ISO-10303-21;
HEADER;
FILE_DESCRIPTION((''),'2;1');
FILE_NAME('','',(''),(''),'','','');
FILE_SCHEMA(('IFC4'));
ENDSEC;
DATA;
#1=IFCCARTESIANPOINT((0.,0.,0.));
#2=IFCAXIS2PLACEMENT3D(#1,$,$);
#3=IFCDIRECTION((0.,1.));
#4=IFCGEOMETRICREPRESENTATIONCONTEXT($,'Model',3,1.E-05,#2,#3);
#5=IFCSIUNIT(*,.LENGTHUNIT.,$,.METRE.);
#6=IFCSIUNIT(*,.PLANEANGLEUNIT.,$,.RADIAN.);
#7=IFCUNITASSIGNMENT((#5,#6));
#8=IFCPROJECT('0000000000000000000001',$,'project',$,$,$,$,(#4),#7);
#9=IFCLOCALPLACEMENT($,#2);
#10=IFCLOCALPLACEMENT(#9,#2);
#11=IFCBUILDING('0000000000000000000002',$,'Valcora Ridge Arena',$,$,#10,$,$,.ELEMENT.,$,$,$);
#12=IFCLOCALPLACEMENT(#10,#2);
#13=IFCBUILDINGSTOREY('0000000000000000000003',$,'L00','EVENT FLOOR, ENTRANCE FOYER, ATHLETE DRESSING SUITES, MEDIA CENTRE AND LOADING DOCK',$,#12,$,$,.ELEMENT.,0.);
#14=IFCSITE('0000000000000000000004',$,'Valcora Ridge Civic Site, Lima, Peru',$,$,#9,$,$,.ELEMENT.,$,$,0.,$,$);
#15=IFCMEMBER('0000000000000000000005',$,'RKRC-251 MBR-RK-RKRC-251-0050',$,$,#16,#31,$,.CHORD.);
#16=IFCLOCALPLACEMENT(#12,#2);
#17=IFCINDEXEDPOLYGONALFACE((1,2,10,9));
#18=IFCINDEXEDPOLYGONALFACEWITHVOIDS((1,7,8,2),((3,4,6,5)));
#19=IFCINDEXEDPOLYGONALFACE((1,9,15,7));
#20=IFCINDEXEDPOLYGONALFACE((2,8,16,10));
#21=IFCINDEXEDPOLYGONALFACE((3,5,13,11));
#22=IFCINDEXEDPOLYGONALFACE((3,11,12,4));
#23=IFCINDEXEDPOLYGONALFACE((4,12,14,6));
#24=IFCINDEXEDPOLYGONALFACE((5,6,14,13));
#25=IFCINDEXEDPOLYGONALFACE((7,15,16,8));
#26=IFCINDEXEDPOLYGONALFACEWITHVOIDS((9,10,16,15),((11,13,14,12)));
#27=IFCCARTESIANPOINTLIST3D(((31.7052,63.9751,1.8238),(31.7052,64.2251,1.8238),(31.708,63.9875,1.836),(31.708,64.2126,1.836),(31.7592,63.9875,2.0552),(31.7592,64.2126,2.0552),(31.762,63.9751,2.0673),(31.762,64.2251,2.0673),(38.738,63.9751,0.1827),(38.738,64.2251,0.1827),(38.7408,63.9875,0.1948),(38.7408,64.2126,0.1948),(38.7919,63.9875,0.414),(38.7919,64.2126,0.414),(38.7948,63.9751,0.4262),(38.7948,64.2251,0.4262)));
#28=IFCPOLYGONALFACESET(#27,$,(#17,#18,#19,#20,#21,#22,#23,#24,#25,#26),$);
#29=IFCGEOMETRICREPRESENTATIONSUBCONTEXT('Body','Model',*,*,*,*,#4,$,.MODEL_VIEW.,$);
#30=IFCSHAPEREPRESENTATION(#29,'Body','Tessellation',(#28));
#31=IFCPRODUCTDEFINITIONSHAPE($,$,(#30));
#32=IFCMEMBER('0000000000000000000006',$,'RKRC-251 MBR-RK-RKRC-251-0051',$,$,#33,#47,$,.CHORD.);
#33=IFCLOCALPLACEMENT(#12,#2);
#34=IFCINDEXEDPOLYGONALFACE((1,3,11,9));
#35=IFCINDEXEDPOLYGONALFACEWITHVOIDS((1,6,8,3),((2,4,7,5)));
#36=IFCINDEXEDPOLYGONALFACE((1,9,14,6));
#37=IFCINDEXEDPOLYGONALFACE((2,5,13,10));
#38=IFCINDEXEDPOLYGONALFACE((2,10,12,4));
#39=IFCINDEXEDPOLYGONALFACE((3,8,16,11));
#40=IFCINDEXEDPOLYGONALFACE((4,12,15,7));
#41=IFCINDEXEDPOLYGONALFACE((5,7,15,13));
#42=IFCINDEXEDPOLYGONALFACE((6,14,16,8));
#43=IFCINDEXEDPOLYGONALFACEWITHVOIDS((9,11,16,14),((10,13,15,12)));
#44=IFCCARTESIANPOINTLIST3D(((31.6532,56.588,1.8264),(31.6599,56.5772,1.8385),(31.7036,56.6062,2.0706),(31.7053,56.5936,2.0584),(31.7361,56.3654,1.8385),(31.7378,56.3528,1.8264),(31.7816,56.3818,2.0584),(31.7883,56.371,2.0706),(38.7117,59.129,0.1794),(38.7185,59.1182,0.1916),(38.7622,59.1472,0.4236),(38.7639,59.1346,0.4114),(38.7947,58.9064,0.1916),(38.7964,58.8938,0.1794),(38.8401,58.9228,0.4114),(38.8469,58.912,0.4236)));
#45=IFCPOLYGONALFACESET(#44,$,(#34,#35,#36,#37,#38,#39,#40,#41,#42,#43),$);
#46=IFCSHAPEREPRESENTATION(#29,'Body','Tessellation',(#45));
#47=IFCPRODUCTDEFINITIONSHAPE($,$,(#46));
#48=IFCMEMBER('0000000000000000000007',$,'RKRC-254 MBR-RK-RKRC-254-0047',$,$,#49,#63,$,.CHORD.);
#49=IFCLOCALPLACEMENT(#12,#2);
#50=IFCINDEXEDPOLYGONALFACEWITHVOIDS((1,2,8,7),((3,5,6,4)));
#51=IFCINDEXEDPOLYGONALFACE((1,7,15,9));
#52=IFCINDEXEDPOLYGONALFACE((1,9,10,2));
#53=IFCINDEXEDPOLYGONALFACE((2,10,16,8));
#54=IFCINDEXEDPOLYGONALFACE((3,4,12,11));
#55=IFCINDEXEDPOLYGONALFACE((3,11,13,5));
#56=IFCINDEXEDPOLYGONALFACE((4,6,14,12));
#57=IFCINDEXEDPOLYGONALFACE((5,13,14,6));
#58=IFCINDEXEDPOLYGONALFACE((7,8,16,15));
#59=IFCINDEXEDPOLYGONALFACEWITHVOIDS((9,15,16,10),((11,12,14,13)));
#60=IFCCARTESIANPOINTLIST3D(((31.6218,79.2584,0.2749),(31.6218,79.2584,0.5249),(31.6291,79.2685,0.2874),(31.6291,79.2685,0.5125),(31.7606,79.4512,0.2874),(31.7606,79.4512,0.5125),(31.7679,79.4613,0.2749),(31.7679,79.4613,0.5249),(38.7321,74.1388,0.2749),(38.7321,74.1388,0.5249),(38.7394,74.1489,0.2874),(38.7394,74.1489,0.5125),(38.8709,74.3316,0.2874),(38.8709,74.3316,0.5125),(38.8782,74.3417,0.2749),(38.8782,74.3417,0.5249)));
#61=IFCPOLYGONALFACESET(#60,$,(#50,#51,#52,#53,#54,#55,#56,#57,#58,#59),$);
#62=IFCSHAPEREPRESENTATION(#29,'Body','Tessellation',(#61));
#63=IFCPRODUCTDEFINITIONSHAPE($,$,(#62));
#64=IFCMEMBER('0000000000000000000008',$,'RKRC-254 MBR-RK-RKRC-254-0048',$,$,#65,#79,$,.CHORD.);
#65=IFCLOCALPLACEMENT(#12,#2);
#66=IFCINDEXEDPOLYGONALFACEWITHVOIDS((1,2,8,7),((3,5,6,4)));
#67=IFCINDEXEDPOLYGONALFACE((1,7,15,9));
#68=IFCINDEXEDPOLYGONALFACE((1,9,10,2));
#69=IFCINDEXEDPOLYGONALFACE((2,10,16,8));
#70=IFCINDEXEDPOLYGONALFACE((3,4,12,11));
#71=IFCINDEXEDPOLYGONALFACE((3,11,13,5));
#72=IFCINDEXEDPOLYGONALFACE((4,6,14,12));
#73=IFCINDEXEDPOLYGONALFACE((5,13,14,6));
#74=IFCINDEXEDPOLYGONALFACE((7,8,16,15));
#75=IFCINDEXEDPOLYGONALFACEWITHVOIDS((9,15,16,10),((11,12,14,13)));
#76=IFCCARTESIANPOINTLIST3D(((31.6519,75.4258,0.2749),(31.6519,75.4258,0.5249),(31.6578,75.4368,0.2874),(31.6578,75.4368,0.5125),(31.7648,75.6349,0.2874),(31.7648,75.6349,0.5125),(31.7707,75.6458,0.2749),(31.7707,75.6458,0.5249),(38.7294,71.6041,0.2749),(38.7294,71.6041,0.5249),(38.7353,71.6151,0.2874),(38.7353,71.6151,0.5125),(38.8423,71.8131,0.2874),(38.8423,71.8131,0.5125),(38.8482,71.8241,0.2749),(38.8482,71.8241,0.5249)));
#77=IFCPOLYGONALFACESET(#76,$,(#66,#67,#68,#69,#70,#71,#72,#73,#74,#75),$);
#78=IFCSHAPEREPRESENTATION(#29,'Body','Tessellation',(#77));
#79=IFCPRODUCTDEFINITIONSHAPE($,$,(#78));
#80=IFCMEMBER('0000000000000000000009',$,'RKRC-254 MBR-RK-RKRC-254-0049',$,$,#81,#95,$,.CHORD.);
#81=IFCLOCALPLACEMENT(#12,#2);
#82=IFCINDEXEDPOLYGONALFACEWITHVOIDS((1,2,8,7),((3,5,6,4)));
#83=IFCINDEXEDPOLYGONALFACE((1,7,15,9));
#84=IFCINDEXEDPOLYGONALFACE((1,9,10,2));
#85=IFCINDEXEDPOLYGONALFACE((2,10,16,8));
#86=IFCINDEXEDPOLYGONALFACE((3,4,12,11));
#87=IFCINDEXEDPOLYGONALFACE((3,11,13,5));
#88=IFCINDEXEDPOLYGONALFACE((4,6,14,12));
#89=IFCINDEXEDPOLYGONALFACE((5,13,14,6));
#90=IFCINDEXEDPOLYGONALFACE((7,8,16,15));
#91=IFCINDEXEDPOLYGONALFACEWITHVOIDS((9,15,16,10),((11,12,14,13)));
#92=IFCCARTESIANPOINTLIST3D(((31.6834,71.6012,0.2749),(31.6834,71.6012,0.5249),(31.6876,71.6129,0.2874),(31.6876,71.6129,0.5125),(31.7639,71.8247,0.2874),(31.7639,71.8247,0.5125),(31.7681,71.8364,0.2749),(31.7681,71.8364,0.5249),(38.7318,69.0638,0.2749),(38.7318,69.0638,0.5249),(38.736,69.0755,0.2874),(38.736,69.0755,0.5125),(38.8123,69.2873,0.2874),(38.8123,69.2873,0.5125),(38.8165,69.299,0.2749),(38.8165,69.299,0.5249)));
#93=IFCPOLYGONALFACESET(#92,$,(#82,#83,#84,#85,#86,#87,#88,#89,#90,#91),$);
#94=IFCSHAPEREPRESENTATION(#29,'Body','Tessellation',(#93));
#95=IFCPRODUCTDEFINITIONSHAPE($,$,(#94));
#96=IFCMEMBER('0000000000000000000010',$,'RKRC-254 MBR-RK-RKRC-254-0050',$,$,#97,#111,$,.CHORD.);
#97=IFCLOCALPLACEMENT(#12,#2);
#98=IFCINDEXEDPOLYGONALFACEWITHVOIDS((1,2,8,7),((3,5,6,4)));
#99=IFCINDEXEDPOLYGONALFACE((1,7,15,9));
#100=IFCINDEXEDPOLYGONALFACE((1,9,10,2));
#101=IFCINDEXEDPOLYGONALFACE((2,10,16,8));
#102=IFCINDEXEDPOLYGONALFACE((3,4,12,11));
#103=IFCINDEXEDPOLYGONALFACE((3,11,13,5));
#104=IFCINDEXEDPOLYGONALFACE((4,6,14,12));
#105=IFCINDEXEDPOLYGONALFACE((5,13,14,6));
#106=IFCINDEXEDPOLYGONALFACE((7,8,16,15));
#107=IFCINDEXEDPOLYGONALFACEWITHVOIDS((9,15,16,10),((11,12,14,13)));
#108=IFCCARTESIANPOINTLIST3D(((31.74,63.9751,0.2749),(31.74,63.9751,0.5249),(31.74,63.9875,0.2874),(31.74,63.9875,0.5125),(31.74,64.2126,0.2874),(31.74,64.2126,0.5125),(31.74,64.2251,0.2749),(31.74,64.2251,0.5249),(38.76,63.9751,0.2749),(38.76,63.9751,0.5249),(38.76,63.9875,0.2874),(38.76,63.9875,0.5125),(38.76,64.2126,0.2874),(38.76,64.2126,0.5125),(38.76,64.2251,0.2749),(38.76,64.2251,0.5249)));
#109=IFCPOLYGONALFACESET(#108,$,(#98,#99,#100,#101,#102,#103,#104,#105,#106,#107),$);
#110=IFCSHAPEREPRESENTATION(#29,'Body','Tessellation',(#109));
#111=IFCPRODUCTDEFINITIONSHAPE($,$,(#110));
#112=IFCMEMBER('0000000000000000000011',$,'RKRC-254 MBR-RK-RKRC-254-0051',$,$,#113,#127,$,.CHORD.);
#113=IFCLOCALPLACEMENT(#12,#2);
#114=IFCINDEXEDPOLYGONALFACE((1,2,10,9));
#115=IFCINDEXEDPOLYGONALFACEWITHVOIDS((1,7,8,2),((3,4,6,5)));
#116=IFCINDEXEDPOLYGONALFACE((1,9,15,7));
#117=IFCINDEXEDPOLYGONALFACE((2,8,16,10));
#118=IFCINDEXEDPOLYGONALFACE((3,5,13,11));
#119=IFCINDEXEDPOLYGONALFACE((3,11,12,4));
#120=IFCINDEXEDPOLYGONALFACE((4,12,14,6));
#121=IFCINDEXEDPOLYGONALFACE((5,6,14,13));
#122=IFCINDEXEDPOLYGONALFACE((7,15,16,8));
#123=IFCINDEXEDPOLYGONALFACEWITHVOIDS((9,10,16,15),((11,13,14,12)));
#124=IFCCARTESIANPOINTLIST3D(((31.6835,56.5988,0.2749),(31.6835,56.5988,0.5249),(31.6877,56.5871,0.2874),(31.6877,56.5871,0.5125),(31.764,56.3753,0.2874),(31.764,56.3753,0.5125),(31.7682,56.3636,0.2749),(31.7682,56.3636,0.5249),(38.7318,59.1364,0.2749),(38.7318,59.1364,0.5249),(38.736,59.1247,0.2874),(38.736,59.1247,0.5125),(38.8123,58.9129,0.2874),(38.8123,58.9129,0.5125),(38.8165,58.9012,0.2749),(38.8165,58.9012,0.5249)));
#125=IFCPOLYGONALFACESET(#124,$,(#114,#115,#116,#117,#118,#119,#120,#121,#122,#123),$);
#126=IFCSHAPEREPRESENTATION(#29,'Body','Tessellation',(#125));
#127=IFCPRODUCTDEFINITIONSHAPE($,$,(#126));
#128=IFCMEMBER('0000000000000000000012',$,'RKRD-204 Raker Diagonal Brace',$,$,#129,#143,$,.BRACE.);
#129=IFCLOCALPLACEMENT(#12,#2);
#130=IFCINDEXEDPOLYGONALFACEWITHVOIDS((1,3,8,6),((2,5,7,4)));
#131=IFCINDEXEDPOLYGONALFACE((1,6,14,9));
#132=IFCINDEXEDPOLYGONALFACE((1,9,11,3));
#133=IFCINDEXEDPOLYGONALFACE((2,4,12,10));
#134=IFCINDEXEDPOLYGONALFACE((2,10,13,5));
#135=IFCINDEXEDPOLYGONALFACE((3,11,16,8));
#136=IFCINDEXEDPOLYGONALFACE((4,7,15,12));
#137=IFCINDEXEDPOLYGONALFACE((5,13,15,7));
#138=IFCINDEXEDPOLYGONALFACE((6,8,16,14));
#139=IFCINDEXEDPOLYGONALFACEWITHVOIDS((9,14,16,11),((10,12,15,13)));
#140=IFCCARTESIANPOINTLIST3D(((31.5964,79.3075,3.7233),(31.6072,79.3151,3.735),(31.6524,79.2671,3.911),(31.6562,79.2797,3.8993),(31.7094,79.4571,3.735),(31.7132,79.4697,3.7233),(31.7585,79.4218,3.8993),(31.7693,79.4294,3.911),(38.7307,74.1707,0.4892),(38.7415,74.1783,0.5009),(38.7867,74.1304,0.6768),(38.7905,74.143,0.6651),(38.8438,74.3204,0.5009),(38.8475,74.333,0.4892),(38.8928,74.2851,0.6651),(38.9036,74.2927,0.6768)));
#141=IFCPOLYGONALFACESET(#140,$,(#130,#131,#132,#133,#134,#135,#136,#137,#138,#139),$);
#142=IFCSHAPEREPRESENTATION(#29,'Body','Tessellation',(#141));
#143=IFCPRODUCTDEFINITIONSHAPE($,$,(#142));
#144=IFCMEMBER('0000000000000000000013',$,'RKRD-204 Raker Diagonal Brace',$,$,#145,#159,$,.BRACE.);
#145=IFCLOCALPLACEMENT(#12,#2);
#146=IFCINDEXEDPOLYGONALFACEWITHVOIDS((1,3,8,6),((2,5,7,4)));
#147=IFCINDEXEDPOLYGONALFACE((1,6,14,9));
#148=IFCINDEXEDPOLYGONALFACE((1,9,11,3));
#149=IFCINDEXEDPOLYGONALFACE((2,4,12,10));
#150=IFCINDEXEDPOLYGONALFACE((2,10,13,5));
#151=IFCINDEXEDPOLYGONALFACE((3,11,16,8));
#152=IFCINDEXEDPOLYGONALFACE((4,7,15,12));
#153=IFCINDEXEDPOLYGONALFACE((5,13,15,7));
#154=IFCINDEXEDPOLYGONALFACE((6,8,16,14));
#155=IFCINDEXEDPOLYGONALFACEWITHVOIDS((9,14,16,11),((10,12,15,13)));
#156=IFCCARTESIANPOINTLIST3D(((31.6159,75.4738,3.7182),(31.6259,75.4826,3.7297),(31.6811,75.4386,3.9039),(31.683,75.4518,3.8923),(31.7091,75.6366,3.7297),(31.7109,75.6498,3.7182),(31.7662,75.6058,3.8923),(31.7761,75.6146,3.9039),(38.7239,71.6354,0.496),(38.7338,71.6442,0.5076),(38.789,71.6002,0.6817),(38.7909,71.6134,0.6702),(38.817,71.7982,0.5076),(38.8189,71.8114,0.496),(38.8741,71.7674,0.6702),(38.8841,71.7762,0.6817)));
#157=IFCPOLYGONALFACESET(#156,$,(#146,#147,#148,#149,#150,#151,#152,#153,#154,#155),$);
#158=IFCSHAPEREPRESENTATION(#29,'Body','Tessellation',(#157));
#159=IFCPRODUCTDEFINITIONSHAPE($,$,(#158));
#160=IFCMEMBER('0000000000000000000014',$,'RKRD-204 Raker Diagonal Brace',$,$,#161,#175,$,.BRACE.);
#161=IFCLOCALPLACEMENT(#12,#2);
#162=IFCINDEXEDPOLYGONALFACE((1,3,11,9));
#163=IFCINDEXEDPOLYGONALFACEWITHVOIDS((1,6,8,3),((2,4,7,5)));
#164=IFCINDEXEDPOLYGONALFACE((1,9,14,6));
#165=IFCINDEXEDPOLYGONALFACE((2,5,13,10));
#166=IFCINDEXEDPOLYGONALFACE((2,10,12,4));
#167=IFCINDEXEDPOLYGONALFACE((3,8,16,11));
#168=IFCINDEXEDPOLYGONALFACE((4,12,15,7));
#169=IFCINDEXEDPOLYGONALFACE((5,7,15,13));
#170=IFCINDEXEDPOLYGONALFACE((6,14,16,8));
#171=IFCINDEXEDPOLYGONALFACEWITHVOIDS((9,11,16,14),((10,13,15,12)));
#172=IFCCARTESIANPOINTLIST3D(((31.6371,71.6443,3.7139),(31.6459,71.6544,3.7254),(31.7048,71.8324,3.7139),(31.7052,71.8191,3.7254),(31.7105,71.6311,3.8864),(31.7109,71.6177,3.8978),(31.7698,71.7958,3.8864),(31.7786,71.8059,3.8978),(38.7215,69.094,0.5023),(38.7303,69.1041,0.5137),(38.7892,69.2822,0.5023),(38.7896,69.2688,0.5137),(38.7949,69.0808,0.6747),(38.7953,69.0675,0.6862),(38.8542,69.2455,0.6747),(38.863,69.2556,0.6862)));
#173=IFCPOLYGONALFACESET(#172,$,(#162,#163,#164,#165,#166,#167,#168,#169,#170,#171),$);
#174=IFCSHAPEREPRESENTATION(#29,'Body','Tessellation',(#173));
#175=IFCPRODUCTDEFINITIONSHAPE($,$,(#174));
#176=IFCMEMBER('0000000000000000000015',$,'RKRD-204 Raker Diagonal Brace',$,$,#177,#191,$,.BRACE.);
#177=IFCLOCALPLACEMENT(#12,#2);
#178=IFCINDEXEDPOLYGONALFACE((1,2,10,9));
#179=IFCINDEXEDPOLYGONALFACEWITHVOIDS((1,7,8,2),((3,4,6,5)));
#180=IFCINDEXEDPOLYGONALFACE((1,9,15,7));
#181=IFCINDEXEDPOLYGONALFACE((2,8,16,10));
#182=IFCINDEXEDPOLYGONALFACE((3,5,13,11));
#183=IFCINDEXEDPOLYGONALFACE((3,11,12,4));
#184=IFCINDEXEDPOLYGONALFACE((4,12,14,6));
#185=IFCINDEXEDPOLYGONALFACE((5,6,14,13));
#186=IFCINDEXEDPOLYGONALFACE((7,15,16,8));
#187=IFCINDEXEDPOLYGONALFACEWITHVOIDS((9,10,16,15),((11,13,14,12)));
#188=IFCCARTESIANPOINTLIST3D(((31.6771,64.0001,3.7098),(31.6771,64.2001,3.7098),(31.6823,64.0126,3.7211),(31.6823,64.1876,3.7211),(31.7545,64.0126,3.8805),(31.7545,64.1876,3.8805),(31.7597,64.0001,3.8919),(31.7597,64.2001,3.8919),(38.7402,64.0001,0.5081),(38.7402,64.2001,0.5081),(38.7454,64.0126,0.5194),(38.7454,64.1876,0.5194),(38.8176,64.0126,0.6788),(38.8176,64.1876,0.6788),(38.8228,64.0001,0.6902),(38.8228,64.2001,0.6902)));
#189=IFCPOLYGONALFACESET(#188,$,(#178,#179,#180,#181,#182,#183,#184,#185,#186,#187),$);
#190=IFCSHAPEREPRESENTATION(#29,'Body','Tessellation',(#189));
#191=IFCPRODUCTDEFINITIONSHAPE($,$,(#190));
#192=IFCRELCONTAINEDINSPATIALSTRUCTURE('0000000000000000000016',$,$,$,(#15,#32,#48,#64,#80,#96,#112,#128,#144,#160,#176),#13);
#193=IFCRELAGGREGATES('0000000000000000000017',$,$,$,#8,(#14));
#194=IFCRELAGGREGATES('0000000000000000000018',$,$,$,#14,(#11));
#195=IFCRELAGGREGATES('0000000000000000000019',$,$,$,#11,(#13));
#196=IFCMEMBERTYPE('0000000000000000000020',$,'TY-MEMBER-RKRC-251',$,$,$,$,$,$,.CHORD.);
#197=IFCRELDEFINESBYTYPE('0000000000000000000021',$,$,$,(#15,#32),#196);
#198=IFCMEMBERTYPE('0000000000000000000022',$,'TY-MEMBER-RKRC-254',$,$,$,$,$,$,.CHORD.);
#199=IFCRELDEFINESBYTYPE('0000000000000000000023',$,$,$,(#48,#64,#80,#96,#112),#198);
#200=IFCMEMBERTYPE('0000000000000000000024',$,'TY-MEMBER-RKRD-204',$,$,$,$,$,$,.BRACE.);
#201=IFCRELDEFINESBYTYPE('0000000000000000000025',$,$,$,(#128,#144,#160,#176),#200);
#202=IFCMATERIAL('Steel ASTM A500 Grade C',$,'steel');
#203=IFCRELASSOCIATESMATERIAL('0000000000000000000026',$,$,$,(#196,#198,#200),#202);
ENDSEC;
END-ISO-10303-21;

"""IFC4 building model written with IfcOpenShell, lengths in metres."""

from ifc_helpers import new_model, si_unit, direction, frame, origin, origin_2d, place, context, subcontext, project, spatial, hollow_rectangle, extrude, material, material_profile, profile_set, type_object, element, save


model = new_model("IFC4")

# Units and contexts
model_context = context("Model", 3, precision=1e-05, world=origin(), true_north=direction((0.0, 1.0)))
body_context = subcontext(model_context, "Body", "Model", "MODEL_VIEW")
ifc_project = project(units=[si_unit("LENGTHUNIT", "METRE"), si_unit("PLANEANGLEUNIT", "RADIAN")], contexts=[model_context])

# Site, building, storey
site_placement = place(None, origin())
site = spatial("IfcSite", under=ifc_project, at=site_placement, Name="Valcora Ridge Civic Site, Lima, Peru", CompositionType="ELEMENT", RefElevation=0.0)
building_placement = place(site_placement, origin())
building = spatial("IfcBuilding", under=site, at=building_placement, Name="Valcora Ridge Arena", CompositionType="ELEMENT")
storey_placement = place(building_placement, origin())
storey = spatial("IfcBuildingStorey", under=building, at=storey_placement, Name="L00", Description="EVENT FLOOR, ENTRANCE FOYER, ATHLETE DRESSING SUITES, MEDIA CENTRE AND LOADING DOCK", CompositionType="ELEMENT", Elevation=0.0)

# Members
ifc_material_1 = material(Name="Steel ASTM A500 Grade C", Category="steel")
ifc_material_profile_1 = material_profile(ifc_material_1, hollow_rectangle(XDim=0.25, YDim=0.25, WallThickness=0.0125, at=origin_2d()), Name="HSS250X250X12")
ifc_profile_set_1 = profile_set([ifc_material_profile_1], Name="Steel ASTM A500 Grade C")
member_type_1 = type_object("IfcMemberType", Name="TY-MEMBER-RKRC-251", PredefinedType="CHORD", material=ifc_profile_set_1)
member_1_placement = place(storey_placement, frame((38.7664, 64.1001, 0.3044), z_axis=(-0.973837, 0.0, 0.227249), x_axis=(0.0, -1.0, 0.0)))
element("IfcMember", 1, at=member_1_placement, inside=storey, type_object=member_type_1, Name="RKRC-251 MBR-RK-RKRC-251-0050", PredefinedType="CHORD", context=body_context, shape_type="SweptSolid", body=[
    extrude(hollow_rectangle(XDim=0.25, YDim=0.25, WallThickness=0.0125, at=origin_2d()), origin(), (0.0, 0.0, 1.0), 7.2217),
])
member_2_placement = place(storey_placement, frame((38.7793, 59.0205, 0.3015), z_axis=(-0.919005, -0.330832, 0.21443), x_axis=(0.33871, -0.940891, 0.0)))
element("IfcMember", 2, at=member_2_placement, inside=storey, type_object=member_type_1, Name="RKRC-251 MBR-RK-RKRC-251-0051", PredefinedType="CHORD", context=body_context, shape_type="SweptSolid", body=[
    extrude(hollow_rectangle(XDim=0.25, YDim=0.25, WallThickness=0.0125, at=origin_2d()), origin(), (0.0, 0.0, 1.0), 7.6807),
])
ifc_material_profile_2 = material_profile(ifc_material_1, hollow_rectangle(XDim=0.25, YDim=0.25, WallThickness=0.0125, at=origin_2d()), Name="HSS250X250X12")
ifc_profile_set_2 = profile_set([ifc_material_profile_2], Name="Steel ASTM A500 Grade C")
member_type_2 = type_object("IfcMemberType", Name="TY-MEMBER-RKRC-254", PredefinedType="CHORD", material=ifc_profile_set_2)
member_3_placement = place(storey_placement, frame((38.8052, 74.2402, 0.3999), z_axis=(-0.811525, 0.584318, 0.0), x_axis=(-0.584318, -0.811525, 0.0)))
element("IfcMember", 3, at=member_3_placement, inside=storey, type_object=member_type_2, Name="RKRC-254 MBR-RK-RKRC-254-0047", PredefinedType="CHORD", context=body_context, shape_type="SweptSolid", body=[
    extrude(hollow_rectangle(XDim=0.25, YDim=0.25, WallThickness=0.0125, at=origin_2d()), origin(), (0.0, 0.0, 1.0), 8.7617),
])
member_4_placement = place(storey_placement, frame((38.7888, 71.7141, 0.3999), z_axis=(-0.879913, 0.475135, 0.0), x_axis=(-0.475135, -0.879913, 0.0)))
element("IfcMember", 4, at=member_4_placement, inside=storey, type_object=member_type_2, Name="RKRC-254 MBR-RK-RKRC-254-0048", PredefinedType="CHORD", context=body_context, shape_type="SweptSolid", body=[
    extrude(hollow_rectangle(XDim=0.25, YDim=0.25, WallThickness=0.0125, at=origin_2d()), origin(), (0.0, 0.0, 1.0), 8.0435),
])
member_5_placement = place(storey_placement, frame((38.7742, 69.1814, 0.3999), z_axis=(-0.940889, 0.338714, 0.0), x_axis=(-0.338714, -0.940889, 0.0)))
element("IfcMember", 5, at=member_5_placement, inside=storey, type_object=member_type_2, Name="RKRC-254 MBR-RK-RKRC-254-0049", PredefinedType="CHORD", context=body_context, shape_type="SweptSolid", body=[
    extrude(hollow_rectangle(XDim=0.25, YDim=0.25, WallThickness=0.0125, at=origin_2d()), origin(), (0.0, 0.0, 1.0), 7.4912),
])
member_6_placement = place(storey_placement, frame((38.76, 64.1001, 0.3999), z_axis=(-1.0, 0.0, 0.0), x_axis=(0.0, -1.0, 0.0)))
element("IfcMember", 6, at=member_6_placement, inside=storey, type_object=member_type_2, Name="RKRC-254 MBR-RK-RKRC-254-0050", PredefinedType="CHORD", context=body_context, shape_type="SweptSolid", body=[
    extrude(hollow_rectangle(XDim=0.25, YDim=0.25, WallThickness=0.0125, at=origin_2d()), origin(), (0.0, 0.0, 1.0), 7.02),
])
member_7_placement = place(storey_placement, frame((38.7742, 59.0188, 0.3999), z_axis=(-0.940879, -0.338743, 0.0), x_axis=(0.338743, -0.940879, 0.0)))
element("IfcMember", 7, at=member_7_placement, inside=storey, type_object=member_type_2, Name="RKRC-254 MBR-RK-RKRC-254-0051", PredefinedType="CHORD", context=body_context, shape_type="SweptSolid", body=[
    extrude(hollow_rectangle(XDim=0.25, YDim=0.25, WallThickness=0.0125, at=origin_2d()), origin(), (0.0, 0.0, 1.0), 7.4912),
])
ifc_material_profile_3 = material_profile(ifc_material_1, hollow_rectangle(XDim=0.2, YDim=0.2, WallThickness=0.0125, at=origin_2d()), Name="HSS200X200X12")
ifc_profile_set_3 = profile_set([ifc_material_profile_3], Name="Steel ASTM A500 Grade C")
member_type_3 = type_object("IfcMemberType", Name="TY-MEMBER-RKRD-204", PredefinedType="BRACE", material=ifc_profile_set_3)
member_8_placement = place(storey_placement, frame((38.8171, 74.2317, 0.583), z_axis=(-0.761628, 0.548376, 0.345263), x_axis=(-0.584308, -0.811532, 0.0)))
element("IfcMember", 8, at=member_8_placement, inside=storey, type_object=member_type_3, Name="RKRD-204 Raker Diagonal Brace", PredefinedType="BRACE", context=body_context, shape_type="SweptSolid", body=[
    extrude(hollow_rectangle(XDim=0.2, YDim=0.2, WallThickness=0.0125, at=origin_2d()), origin(), (0.0, 0.0, 1.0), 9.3672),
])
member_9_placement = place(storey_placement, frame((38.804, 71.7058, 0.5889), z_axis=(-0.817282, 0.441345, 0.370492), x_axis=(-0.475159, -0.8799, 0.0)))
element("IfcMember", 9, at=member_9_placement, inside=storey, type_object=member_type_3, Name="RKRD-204 Raker Diagonal Brace", PredefinedType="BRACE", context=body_context, shape_type="SweptSolid", body=[
    extrude(hollow_rectangle(XDim=0.2, YDim=0.2, WallThickness=0.0125, at=origin_2d()), origin(), (0.0, 0.0, 1.0), 8.697),
])
member_10_placement = place(storey_placement, frame((38.7922, 69.1748, 0.5942), z_axis=(-0.865451, 0.311548, 0.392343), x_axis=(-0.338706, -0.940892, 0.0)))
element("IfcMember", 10, at=member_10_placement, inside=storey, type_object=member_type_3, Name="RKRD-204 Raker Diagonal Brace", PredefinedType="BRACE", context=body_context, shape_type="SweptSolid", body=[
    extrude(hollow_rectangle(XDim=0.2, YDim=0.2, WallThickness=0.0125, at=origin_2d()), origin(), (0.0, 0.0, 1.0), 8.1858),
])
member_11_placement = place(storey_placement, frame((38.7815, 64.1001, 0.5991), z_axis=(-0.910793, 0.0, 0.412863), x_axis=(0.0, -1.0, 0.0)))
element("IfcMember", 11, at=member_11_placement, inside=storey, type_object=member_type_3, Name="RKRD-204 Raker Diagonal Brace", PredefinedType="BRACE", context=body_context, shape_type="SweptSolid", body=[
    extrude(hollow_rectangle(XDim=0.2, YDim=0.2, WallThickness=0.0125, at=origin_2d()), origin(), (0.0, 0.0, 1.0), 7.7549),
])

save(model, "model.ifc")
